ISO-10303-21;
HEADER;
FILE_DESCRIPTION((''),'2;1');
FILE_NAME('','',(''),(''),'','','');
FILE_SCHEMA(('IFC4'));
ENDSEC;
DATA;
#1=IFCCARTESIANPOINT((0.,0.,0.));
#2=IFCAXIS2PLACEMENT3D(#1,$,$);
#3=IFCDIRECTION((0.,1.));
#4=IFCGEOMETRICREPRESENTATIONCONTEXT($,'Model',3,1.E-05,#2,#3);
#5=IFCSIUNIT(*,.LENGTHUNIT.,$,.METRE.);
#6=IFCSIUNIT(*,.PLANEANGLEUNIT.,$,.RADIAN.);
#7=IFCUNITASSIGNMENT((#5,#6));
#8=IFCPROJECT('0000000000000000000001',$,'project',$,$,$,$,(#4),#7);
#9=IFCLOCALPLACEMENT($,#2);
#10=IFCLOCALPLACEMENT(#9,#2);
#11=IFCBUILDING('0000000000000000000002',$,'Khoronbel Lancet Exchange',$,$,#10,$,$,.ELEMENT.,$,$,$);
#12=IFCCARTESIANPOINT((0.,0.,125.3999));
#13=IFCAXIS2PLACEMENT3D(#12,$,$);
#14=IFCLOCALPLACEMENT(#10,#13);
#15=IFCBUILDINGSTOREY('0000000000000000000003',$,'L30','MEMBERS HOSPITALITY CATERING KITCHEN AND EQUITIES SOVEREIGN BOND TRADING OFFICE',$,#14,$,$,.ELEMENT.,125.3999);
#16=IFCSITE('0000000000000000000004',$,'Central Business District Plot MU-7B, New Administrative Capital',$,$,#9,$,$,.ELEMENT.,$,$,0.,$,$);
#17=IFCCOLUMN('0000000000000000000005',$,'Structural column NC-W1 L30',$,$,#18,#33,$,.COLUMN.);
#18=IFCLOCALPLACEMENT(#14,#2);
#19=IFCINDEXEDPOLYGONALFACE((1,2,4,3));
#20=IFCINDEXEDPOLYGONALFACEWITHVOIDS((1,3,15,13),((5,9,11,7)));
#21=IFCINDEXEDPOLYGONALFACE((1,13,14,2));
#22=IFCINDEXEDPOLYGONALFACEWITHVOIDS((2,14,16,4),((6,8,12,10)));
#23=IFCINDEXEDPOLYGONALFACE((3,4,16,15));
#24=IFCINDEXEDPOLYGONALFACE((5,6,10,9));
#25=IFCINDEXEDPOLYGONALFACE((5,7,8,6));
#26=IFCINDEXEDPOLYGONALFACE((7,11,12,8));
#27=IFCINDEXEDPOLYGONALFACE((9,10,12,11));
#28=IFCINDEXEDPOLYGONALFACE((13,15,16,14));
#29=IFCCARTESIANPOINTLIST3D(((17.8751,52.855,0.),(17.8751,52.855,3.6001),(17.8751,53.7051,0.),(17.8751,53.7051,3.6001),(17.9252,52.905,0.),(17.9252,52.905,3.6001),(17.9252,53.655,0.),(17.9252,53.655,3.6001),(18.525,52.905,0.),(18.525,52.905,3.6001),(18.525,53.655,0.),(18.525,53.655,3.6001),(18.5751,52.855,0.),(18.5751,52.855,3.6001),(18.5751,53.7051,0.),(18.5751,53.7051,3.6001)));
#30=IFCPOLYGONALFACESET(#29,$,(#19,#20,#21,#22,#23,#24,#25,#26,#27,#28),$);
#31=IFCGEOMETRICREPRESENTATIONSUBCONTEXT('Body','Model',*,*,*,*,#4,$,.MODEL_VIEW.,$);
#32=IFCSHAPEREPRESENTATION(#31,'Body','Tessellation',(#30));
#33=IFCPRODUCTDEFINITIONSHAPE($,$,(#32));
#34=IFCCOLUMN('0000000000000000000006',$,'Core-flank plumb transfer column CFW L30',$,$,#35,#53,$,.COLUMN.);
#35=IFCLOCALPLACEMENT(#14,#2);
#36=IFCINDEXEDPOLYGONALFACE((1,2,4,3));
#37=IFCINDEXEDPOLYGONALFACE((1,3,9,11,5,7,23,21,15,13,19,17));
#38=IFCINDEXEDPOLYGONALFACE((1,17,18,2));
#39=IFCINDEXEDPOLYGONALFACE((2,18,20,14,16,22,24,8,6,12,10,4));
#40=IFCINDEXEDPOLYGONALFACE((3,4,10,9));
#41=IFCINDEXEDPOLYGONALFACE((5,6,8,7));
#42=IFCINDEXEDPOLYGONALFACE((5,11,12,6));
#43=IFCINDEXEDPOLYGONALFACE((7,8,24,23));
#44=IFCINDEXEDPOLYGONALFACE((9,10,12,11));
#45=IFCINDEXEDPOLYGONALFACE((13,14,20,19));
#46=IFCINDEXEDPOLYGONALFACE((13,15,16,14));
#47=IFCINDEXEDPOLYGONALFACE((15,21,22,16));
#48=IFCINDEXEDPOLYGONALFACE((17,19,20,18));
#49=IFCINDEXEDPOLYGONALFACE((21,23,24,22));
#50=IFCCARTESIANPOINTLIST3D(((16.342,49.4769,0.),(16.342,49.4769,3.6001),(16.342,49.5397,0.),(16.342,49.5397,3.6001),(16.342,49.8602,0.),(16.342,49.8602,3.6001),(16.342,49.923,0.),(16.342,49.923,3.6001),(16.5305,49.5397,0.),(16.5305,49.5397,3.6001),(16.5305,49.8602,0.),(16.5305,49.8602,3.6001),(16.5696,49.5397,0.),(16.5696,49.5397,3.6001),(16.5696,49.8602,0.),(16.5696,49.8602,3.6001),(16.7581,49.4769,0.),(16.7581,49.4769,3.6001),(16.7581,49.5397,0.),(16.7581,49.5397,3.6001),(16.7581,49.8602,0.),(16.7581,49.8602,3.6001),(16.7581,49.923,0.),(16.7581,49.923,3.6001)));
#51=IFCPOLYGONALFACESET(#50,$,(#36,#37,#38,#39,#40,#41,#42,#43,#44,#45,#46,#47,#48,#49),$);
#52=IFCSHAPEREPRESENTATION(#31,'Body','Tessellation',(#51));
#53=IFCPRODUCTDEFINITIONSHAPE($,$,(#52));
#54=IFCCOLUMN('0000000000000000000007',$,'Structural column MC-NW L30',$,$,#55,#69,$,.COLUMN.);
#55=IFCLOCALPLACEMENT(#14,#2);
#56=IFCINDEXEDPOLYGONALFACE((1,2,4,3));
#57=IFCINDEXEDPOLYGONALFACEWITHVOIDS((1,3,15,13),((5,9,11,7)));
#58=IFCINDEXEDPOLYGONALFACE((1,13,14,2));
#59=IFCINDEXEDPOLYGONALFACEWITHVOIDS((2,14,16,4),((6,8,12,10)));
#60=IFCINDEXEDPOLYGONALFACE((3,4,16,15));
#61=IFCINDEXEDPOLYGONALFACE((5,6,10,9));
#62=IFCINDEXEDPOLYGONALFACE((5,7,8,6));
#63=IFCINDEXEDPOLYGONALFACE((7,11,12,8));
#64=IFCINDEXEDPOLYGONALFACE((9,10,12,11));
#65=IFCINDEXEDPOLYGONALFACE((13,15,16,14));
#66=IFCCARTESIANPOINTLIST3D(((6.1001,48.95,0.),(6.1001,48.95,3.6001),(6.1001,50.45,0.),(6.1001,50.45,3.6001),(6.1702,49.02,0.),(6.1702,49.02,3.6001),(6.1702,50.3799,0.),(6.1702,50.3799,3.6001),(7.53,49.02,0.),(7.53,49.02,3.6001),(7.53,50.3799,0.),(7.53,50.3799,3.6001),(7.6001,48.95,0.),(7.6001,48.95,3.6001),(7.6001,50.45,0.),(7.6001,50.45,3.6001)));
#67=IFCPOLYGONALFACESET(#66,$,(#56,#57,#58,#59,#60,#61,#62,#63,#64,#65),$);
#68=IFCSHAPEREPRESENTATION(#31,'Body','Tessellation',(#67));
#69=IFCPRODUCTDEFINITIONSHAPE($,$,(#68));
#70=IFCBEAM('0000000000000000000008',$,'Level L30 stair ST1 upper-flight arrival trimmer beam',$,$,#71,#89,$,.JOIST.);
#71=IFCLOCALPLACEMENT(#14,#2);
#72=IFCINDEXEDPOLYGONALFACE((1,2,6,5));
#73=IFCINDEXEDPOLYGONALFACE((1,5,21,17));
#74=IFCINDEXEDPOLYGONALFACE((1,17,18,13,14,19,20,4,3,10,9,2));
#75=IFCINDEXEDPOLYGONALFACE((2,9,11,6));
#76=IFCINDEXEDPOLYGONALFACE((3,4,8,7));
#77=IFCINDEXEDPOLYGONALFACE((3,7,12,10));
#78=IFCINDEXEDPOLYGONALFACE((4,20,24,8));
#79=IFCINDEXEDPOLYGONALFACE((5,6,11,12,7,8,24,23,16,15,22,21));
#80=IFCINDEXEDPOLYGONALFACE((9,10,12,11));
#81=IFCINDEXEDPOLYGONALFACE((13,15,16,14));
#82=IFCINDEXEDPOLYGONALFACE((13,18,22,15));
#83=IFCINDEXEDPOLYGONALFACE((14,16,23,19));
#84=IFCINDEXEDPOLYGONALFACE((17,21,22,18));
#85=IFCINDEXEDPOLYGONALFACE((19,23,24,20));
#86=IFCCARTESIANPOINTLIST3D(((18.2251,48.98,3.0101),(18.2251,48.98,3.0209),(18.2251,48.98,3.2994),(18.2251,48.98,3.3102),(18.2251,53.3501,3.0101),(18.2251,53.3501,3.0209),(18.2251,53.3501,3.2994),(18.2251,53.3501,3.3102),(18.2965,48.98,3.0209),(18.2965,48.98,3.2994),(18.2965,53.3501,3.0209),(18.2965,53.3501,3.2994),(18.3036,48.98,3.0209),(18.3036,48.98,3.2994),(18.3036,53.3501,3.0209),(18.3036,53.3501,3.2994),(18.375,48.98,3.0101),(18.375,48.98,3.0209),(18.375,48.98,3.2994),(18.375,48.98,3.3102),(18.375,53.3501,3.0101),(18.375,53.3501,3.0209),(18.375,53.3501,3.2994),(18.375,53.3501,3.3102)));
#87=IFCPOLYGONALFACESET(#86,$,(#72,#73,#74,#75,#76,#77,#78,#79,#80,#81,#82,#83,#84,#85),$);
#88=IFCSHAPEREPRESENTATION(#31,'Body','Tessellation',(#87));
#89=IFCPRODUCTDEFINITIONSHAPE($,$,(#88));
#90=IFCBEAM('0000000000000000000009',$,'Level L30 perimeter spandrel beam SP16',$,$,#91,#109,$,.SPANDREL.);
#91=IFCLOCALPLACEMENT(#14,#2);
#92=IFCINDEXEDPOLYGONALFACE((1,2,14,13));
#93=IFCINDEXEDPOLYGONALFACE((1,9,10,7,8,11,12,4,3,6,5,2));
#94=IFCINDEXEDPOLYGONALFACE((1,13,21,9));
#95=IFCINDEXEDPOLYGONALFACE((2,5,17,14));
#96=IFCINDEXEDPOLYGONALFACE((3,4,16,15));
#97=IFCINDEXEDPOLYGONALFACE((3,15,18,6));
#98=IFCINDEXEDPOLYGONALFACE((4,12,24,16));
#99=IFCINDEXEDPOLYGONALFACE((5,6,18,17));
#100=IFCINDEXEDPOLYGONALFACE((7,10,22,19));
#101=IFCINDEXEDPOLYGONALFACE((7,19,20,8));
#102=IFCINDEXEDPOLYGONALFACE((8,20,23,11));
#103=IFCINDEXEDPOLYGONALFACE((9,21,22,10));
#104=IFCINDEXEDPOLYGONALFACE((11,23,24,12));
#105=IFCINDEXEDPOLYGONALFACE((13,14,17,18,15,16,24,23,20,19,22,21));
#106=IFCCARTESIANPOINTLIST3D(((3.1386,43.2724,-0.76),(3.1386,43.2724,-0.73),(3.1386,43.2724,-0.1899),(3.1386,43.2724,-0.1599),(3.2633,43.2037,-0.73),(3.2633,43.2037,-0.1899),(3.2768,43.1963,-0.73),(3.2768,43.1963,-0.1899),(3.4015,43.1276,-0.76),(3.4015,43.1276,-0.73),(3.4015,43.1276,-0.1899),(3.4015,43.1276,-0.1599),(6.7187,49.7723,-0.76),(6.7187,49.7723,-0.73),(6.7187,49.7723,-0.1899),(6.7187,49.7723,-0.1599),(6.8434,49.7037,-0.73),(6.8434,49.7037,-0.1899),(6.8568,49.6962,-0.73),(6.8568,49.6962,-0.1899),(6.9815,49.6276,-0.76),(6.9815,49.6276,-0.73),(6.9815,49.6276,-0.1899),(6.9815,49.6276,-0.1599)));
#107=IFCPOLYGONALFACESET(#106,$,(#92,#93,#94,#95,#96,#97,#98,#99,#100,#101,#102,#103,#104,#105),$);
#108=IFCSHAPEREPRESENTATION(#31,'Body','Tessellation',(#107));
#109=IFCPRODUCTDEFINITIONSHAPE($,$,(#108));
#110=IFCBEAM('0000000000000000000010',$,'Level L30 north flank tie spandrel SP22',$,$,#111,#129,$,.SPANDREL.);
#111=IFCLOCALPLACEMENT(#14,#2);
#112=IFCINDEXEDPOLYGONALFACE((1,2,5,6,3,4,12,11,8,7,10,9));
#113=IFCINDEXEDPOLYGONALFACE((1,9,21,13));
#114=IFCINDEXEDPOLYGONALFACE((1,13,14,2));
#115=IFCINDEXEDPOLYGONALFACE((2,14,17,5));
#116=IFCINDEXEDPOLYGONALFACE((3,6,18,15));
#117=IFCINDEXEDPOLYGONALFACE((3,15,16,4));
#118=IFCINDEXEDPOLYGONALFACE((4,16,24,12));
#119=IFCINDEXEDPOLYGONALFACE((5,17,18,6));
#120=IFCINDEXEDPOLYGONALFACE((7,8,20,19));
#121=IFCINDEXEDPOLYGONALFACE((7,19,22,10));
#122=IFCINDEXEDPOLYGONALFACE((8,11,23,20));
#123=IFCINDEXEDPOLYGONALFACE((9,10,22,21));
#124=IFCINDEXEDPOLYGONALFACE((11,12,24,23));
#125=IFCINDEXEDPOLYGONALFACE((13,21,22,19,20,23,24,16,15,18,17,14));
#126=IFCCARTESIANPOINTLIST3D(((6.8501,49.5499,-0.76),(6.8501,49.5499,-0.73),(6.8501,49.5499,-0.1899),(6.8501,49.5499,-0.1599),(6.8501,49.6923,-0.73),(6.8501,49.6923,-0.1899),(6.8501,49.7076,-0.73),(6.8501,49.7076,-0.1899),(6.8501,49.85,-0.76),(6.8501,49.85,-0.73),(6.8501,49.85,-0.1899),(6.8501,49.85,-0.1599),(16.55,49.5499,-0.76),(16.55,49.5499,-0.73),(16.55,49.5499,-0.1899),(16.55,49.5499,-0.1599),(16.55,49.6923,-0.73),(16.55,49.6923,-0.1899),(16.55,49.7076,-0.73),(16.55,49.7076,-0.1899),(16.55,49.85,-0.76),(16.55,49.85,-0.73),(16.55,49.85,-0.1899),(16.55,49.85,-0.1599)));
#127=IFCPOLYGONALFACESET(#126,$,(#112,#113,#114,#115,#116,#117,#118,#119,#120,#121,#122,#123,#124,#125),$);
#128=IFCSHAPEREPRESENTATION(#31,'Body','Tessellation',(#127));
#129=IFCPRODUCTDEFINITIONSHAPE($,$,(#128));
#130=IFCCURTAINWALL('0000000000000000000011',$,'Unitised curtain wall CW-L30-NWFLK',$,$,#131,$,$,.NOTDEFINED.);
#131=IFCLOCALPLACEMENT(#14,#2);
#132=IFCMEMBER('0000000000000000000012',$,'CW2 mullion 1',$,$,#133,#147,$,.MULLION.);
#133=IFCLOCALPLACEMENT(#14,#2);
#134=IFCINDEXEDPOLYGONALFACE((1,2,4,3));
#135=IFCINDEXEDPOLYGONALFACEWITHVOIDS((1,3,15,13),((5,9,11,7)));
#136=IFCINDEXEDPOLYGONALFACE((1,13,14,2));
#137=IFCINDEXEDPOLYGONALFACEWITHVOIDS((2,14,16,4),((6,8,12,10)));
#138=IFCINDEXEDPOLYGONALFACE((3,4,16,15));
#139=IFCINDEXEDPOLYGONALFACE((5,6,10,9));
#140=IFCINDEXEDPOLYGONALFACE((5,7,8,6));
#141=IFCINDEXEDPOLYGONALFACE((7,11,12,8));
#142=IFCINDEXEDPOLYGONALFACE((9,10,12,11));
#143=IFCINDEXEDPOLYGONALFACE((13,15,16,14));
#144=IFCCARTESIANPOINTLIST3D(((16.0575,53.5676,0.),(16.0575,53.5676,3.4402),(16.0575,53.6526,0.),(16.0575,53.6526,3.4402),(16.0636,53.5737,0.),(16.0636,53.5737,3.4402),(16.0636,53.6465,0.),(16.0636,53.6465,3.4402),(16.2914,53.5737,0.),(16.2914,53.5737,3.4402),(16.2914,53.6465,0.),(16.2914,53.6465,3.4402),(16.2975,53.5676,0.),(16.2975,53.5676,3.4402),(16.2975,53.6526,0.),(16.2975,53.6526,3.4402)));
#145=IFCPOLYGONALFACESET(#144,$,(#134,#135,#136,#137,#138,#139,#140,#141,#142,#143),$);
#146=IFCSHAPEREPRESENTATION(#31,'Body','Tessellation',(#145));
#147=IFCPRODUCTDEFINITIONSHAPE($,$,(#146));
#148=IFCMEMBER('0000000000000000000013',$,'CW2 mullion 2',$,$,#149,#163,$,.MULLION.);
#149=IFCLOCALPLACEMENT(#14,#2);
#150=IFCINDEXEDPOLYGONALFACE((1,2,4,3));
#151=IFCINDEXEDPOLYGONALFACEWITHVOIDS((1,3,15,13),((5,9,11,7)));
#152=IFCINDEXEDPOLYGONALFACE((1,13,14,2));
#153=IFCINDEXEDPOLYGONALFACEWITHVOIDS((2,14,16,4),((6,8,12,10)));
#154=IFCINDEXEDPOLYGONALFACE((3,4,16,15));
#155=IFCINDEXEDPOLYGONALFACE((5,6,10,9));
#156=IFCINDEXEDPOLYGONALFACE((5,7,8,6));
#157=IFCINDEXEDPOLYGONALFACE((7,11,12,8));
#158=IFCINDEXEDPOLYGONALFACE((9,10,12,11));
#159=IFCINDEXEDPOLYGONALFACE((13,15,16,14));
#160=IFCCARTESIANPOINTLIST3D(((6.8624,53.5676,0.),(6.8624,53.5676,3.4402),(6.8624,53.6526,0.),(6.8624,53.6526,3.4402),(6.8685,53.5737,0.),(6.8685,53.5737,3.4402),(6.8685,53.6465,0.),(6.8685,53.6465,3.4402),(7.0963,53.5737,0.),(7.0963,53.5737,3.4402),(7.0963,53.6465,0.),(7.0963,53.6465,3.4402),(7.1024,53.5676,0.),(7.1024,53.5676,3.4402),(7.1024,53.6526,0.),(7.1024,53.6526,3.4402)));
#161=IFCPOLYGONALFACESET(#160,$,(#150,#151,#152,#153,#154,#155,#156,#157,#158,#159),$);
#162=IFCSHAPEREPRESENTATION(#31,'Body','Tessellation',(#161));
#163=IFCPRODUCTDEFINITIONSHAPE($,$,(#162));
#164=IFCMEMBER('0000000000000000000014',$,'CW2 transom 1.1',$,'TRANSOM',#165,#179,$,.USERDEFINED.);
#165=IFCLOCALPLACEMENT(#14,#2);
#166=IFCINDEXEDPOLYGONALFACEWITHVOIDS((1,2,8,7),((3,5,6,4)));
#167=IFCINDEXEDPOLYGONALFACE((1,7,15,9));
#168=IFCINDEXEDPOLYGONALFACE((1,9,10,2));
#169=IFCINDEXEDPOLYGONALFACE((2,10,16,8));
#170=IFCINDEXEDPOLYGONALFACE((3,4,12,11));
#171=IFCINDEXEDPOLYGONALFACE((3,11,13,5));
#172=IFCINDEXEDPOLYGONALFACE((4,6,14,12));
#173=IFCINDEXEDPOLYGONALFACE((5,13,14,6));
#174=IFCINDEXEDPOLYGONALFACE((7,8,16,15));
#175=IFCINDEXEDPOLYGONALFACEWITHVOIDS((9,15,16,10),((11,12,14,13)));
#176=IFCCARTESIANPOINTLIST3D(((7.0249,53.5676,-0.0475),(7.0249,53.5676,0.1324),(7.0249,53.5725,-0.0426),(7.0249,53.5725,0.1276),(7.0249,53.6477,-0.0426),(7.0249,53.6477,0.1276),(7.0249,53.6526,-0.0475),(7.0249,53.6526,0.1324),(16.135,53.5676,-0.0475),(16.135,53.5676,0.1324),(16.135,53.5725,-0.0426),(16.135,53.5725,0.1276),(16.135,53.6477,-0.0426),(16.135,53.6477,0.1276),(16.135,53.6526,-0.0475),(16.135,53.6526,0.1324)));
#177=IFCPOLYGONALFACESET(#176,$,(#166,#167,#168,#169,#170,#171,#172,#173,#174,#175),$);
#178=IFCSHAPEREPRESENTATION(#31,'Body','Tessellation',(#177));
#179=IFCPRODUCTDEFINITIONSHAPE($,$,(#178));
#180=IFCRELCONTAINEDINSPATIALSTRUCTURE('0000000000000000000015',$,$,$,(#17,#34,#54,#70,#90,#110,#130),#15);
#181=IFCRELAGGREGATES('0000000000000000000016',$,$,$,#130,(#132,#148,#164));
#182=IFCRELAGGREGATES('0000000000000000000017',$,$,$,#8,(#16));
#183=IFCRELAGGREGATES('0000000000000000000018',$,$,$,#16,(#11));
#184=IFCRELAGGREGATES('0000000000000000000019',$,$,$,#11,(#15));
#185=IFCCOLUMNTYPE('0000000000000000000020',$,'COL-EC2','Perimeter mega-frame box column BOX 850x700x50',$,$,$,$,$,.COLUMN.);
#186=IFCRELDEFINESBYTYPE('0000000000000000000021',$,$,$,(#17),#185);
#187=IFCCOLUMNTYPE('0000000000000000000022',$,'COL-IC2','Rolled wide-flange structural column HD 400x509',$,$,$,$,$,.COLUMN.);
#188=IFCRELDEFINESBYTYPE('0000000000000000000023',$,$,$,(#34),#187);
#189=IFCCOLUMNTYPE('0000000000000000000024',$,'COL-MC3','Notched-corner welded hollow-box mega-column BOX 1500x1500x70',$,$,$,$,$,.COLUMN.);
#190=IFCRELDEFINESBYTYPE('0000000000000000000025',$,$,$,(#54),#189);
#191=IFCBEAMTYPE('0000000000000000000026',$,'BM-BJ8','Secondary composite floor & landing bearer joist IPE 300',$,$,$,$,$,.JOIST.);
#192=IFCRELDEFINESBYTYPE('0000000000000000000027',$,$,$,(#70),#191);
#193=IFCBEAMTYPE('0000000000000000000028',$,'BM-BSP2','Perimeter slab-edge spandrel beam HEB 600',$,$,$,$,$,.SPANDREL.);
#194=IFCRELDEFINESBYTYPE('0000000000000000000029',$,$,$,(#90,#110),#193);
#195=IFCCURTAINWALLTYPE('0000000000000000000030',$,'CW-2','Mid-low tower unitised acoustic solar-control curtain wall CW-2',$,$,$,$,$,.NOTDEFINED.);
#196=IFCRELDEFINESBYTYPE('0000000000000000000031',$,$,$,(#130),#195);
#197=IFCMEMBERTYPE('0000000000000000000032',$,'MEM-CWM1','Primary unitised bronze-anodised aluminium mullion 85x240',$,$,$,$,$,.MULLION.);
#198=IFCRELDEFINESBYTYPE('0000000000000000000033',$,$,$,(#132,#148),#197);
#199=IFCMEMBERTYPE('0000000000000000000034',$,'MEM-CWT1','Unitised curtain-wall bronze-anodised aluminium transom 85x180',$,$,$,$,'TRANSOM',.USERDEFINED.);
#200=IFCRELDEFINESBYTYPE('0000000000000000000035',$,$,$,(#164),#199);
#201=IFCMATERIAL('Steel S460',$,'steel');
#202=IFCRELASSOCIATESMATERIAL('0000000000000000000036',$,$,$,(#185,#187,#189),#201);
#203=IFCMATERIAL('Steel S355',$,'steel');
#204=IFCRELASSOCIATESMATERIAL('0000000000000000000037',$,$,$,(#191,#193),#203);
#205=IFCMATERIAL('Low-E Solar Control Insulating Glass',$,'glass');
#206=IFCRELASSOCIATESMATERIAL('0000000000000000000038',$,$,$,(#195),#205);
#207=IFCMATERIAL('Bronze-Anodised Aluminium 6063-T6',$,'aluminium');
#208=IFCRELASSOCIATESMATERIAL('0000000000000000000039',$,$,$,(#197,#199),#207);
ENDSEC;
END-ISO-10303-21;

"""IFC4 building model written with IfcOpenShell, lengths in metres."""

from ifc_helpers import new_model, si_unit, direction, frame, origin, origin_2d, place, context, subcontext, project, spatial, hollow_rectangle, i_section, extrude, material, material_profile, profile_set, type_object, element, aggregate, save


model = new_model("IFC4")

# Units and contexts
model_context = context("Model", 3, precision=1e-05, world=origin(), true_north=direction((0.0, 1.0)))
body_context = subcontext(model_context, "Body", "Model", "MODEL_VIEW")
ifc_project = project(units=[si_unit("LENGTHUNIT", "METRE"), si_unit("PLANEANGLEUNIT", "RADIAN")], contexts=[model_context])

# Site, building, storey
site_placement = place(None, origin())
site = spatial("IfcSite", under=ifc_project, at=site_placement, Name="Central Business District Plot MU-7B, New Administrative Capital", CompositionType="ELEMENT", RefElevation=0.0)
building_placement = place(site_placement, origin())
building = spatial("IfcBuilding", under=site, at=building_placement, Name="Khoronbel Lancet Exchange", CompositionType="ELEMENT")
storey_placement = place(building_placement, frame((0.0, 0.0, 125.3999)))
storey = spatial("IfcBuildingStorey", under=building, at=storey_placement, Name="L30", Description="MEMBERS HOSPITALITY CATERING KITCHEN AND EQUITIES SOVEREIGN BOND TRADING OFFICE", CompositionType="ELEMENT", Elevation=125.3999)

# Columns
ifc_material_1 = material(Name="Steel S460", Category="steel")
ifc_material_profile_1 = material_profile(ifc_material_1, hollow_rectangle(XDim=0.7, YDim=0.8501, WallThickness=0.05, at=origin_2d()), Name="BOX 850x700x50")
ifc_profile_set_1 = profile_set([ifc_material_profile_1], Name="Steel S460")
column_type_1 = type_object("IfcColumnType", Name="COL-EC2", Description="Perimeter mega-frame box column BOX 850x700x50", PredefinedType="COLUMN", material=ifc_profile_set_1)
column_1_placement = place(storey_placement, frame((18.2251, 53.28, 0.0), z_axis=(0.0, 0.0, 1.0), x_axis=(1.0, 0.0, 0.0)))
element("IfcColumn", 1, at=column_1_placement, inside=storey, type_object=column_type_1, Name="Structural column NC-W1 L30", PredefinedType="COLUMN", context=body_context, shape_type="SweptSolid", body=[
    extrude(hollow_rectangle(XDim=0.7, YDim=0.8501, WallThickness=0.05, at=origin_2d()), origin(), (0.0, 0.0, 1.0), 3.6001),
])
ifc_material_profile_2 = material_profile(ifc_material_1, i_section(OverallWidth=0.416, OverallDepth=0.446, WebThickness=0.0391, FlangeThickness=0.0627, at=origin_2d()), Name="HD 400x509")
ifc_profile_set_2 = profile_set([ifc_material_profile_2], Name="Steel S460")
column_type_2 = type_object("IfcColumnType", Name="COL-IC2", Description="Rolled wide-flange structural column HD 400x509", PredefinedType="COLUMN", material=ifc_profile_set_2)
column_2_placement = place(storey_placement, frame((16.55, 49.7, 0.0), z_axis=(0.0, 0.0, 1.0), x_axis=(1.0, 0.0, 0.0)))
element("IfcColumn", 2, at=column_2_placement, inside=storey, type_object=column_type_2, Name="Core-flank plumb transfer column CFW L30", PredefinedType="COLUMN", context=body_context, shape_type="SweptSolid", body=[
    extrude(i_section(OverallWidth=0.416, OverallDepth=0.446, WebThickness=0.0391, FlangeThickness=0.0627, at=origin_2d()), origin(), (0.0, 0.0, 1.0), 3.6001),
])
ifc_material_profile_3 = material_profile(ifc_material_1, hollow_rectangle(XDim=1.5, YDim=1.5, WallThickness=0.0701, at=origin_2d()), Name="BOX 1500x1500x70")
ifc_profile_set_3 = profile_set([ifc_material_profile_3], Name="Steel S460")
column_type_3 = type_object("IfcColumnType", Name="COL-MC3", Description="Notched-corner welded hollow-box mega-column BOX 1500x1500x70", PredefinedType="COLUMN", material=ifc_profile_set_3)
column_3_placement = place(storey_placement, frame((6.8501, 49.7, 0.0), z_axis=(0.0, 0.0, 1.0), x_axis=(1.0, 0.0, 0.0)))
element("IfcColumn", 3, at=column_3_placement, inside=storey, type_object=column_type_3, Name="Structural column MC-NW L30", PredefinedType="COLUMN", context=body_context, shape_type="SweptSolid", body=[
    extrude(hollow_rectangle(XDim=1.5, YDim=1.5, WallThickness=0.0701, at=origin_2d()), origin(), (0.0, 0.0, 1.0), 3.6001),
])

# Beams
ifc_material_2 = material(Name="Steel S355", Category="steel")
ifc_material_profile_4 = material_profile(ifc_material_2, i_section(OverallWidth=0.1499, OverallDepth=0.3, WebThickness=0.0071, FlangeThickness=0.0107, at=origin_2d()), Name="IPE 300")
ifc_profile_set_4 = profile_set([ifc_material_profile_4], Name="Steel S355")
beam_type_1 = type_object("IfcBeamType", Name="BM-BJ8", Description="Secondary composite floor & landing bearer joist IPE 300", PredefinedType="JOIST", material=ifc_profile_set_4)
beam_1_placement = place(storey_placement, frame((18.3, 48.98, 3.1602), z_axis=(0.0, 1.0, 0.0), x_axis=(-1.0, 0.0, 0.0)))
element("IfcBeam", 4, at=beam_1_placement, inside=storey, type_object=beam_type_1, Name="Level L30 stair ST1 upper-flight arrival trimmer beam", PredefinedType="JOIST", context=body_context, shape_type="SweptSolid", body=[
    extrude(i_section(OverallWidth=0.1499, OverallDepth=0.3, WebThickness=0.0071, FlangeThickness=0.0107, at=origin_2d()), origin(), (0.0, 0.0, 1.0), 4.3701),
])
ifc_material_profile_5 = material_profile(ifc_material_2, i_section(OverallWidth=0.3, OverallDepth=0.6001, WebThickness=0.0154, FlangeThickness=0.03, at=origin_2d()), Name="HEB 600")
ifc_profile_set_5 = profile_set([ifc_material_profile_5], Name="Steel S355")
beam_type_2 = type_object("IfcBeamType", Name="BM-BSP2", Description="Perimeter slab-edge spandrel beam HEB 600", PredefinedType="SPANDREL", material=ifc_profile_set_5)
beam_2_placement = place(storey_placement, frame((6.8501, 49.7, -0.46), z_axis=(-0.482444, -0.875927, 0.0), x_axis=(0.875927, -0.482444, 0.0)))
element("IfcBeam", 5, at=beam_2_placement, inside=storey, type_object=beam_type_2, Name="Level L30 perimeter spandrel beam SP16", PredefinedType="SPANDREL", context=body_context, shape_type="SweptSolid", body=[
    extrude(i_section(OverallWidth=0.3, OverallDepth=0.6001, WebThickness=0.0154, FlangeThickness=0.03, at=origin_2d()), origin(), (0.0, 0.0, 1.0), 7.4207),
])
beam_3_placement = place(storey_placement, frame((6.8501, 49.7, -0.46), z_axis=(1.0, 0.0, 0.0), x_axis=(0.0, 1.0, 0.0)))
element("IfcBeam", 6, at=beam_3_placement, inside=storey, type_object=beam_type_2, Name="Level L30 north flank tie spandrel SP22", PredefinedType="SPANDREL", context=body_context, shape_type="SweptSolid", body=[
    extrude(i_section(OverallWidth=0.3, OverallDepth=0.6001, WebThickness=0.0154, FlangeThickness=0.03, at=origin_2d()), origin(), (0.0, 0.0, 1.0), 9.7),
])

# Curtain wall, members
ifc_material_3 = material(Name="Low-E Solar Control Insulating Glass", Category="glass")
curtain_wall_type = type_object("IfcCurtainWallType", Name="CW-2", Description="Mid-low tower unitised acoustic solar-control curtain wall CW-2", PredefinedType="NOTDEFINED", material=ifc_material_3)
curtain_wall_placement = place(storey_placement, origin())
curtain_wall = element("IfcCurtainWall", 7, at=curtain_wall_placement, inside=storey, type_object=curtain_wall_type, Name="Unitised curtain wall CW-L30-NWFLK", PredefinedType="NOTDEFINED")
ifc_material_4 = material(Name="Bronze-Anodised Aluminium 6063-T6", Category="aluminium")
ifc_material_profile_6 = material_profile(ifc_material_4, hollow_rectangle(XDim=0.085, YDim=0.24, WallThickness=0.0061, at=origin_2d()), Name="ALU MULLION 85x240")
ifc_profile_set_6 = profile_set([ifc_material_profile_6], Name="Bronze-Anodised Aluminium 6063-T6")
member_type_1 = type_object("IfcMemberType", Name="MEM-CWM1", Description="Primary unitised bronze-anodised aluminium mullion 85x240", PredefinedType="MULLION", material=ifc_profile_set_6)
member_1_placement = place(storey_placement, frame((16.1775, 53.6101, 0.0), z_axis=(0.0, 0.0, 1.0), x_axis=(0.0, -1.0, 0.0)))
member_1 = element("IfcMember", 8, at=member_1_placement, type_object=member_type_1, Name="CW2 mullion 1", PredefinedType="MULLION", context=body_context, shape_type="SweptSolid", body=[
    extrude(hollow_rectangle(XDim=0.085, YDim=0.24, WallThickness=0.0061, at=origin_2d()), origin(), (0.0, 0.0, 1.0), 3.4402),
])
member_2_placement = place(storey_placement, frame((6.9824, 53.6101, 0.0), z_axis=(0.0, 0.0, 1.0), x_axis=(0.0, -1.0, 0.0)))
member_2 = element("IfcMember", 9, at=member_2_placement, type_object=member_type_1, Name="CW2 mullion 2", PredefinedType="MULLION", context=body_context, shape_type="SweptSolid", body=[
    extrude(hollow_rectangle(XDim=0.085, YDim=0.24, WallThickness=0.0061, at=origin_2d()), origin(), (0.0, 0.0, 1.0), 3.4402),
])
ifc_material_profile_7 = material_profile(ifc_material_4, hollow_rectangle(XDim=0.085, YDim=0.1799, WallThickness=0.0049, at=origin_2d()), Name="ALU TRANSOM 85x180")
ifc_profile_set_7 = profile_set([ifc_material_profile_7], Name="Bronze-Anodised Aluminium 6063-T6")
member_type_2 = type_object("IfcMemberType", Name="MEM-CWT1", Description="Unitised curtain-wall bronze-anodised aluminium transom 85x180", ElementType="TRANSOM", PredefinedType="USERDEFINED", material=ifc_profile_set_7)
member_3_placement = place(storey_placement, frame((16.135, 53.6101, 0.0425), z_axis=(-1.0, 0.0, 0.0), x_axis=(0.0, -1.0, 0.0)))
member_3 = element("IfcMember", 10, at=member_3_placement, type_object=member_type_2, Name="CW2 transom 1.1", ObjectType="TRANSOM", PredefinedType="USERDEFINED", context=body_context, shape_type="SweptSolid", body=[
    extrude(hollow_rectangle(XDim=0.085, YDim=0.1799, WallThickness=0.0049, at=origin_2d()), origin(), (0.0, 0.0, 1.0), 9.1101),
])
aggregate(curtain_wall, [member_1, member_2, member_3])

save(model, "model.ifc")
